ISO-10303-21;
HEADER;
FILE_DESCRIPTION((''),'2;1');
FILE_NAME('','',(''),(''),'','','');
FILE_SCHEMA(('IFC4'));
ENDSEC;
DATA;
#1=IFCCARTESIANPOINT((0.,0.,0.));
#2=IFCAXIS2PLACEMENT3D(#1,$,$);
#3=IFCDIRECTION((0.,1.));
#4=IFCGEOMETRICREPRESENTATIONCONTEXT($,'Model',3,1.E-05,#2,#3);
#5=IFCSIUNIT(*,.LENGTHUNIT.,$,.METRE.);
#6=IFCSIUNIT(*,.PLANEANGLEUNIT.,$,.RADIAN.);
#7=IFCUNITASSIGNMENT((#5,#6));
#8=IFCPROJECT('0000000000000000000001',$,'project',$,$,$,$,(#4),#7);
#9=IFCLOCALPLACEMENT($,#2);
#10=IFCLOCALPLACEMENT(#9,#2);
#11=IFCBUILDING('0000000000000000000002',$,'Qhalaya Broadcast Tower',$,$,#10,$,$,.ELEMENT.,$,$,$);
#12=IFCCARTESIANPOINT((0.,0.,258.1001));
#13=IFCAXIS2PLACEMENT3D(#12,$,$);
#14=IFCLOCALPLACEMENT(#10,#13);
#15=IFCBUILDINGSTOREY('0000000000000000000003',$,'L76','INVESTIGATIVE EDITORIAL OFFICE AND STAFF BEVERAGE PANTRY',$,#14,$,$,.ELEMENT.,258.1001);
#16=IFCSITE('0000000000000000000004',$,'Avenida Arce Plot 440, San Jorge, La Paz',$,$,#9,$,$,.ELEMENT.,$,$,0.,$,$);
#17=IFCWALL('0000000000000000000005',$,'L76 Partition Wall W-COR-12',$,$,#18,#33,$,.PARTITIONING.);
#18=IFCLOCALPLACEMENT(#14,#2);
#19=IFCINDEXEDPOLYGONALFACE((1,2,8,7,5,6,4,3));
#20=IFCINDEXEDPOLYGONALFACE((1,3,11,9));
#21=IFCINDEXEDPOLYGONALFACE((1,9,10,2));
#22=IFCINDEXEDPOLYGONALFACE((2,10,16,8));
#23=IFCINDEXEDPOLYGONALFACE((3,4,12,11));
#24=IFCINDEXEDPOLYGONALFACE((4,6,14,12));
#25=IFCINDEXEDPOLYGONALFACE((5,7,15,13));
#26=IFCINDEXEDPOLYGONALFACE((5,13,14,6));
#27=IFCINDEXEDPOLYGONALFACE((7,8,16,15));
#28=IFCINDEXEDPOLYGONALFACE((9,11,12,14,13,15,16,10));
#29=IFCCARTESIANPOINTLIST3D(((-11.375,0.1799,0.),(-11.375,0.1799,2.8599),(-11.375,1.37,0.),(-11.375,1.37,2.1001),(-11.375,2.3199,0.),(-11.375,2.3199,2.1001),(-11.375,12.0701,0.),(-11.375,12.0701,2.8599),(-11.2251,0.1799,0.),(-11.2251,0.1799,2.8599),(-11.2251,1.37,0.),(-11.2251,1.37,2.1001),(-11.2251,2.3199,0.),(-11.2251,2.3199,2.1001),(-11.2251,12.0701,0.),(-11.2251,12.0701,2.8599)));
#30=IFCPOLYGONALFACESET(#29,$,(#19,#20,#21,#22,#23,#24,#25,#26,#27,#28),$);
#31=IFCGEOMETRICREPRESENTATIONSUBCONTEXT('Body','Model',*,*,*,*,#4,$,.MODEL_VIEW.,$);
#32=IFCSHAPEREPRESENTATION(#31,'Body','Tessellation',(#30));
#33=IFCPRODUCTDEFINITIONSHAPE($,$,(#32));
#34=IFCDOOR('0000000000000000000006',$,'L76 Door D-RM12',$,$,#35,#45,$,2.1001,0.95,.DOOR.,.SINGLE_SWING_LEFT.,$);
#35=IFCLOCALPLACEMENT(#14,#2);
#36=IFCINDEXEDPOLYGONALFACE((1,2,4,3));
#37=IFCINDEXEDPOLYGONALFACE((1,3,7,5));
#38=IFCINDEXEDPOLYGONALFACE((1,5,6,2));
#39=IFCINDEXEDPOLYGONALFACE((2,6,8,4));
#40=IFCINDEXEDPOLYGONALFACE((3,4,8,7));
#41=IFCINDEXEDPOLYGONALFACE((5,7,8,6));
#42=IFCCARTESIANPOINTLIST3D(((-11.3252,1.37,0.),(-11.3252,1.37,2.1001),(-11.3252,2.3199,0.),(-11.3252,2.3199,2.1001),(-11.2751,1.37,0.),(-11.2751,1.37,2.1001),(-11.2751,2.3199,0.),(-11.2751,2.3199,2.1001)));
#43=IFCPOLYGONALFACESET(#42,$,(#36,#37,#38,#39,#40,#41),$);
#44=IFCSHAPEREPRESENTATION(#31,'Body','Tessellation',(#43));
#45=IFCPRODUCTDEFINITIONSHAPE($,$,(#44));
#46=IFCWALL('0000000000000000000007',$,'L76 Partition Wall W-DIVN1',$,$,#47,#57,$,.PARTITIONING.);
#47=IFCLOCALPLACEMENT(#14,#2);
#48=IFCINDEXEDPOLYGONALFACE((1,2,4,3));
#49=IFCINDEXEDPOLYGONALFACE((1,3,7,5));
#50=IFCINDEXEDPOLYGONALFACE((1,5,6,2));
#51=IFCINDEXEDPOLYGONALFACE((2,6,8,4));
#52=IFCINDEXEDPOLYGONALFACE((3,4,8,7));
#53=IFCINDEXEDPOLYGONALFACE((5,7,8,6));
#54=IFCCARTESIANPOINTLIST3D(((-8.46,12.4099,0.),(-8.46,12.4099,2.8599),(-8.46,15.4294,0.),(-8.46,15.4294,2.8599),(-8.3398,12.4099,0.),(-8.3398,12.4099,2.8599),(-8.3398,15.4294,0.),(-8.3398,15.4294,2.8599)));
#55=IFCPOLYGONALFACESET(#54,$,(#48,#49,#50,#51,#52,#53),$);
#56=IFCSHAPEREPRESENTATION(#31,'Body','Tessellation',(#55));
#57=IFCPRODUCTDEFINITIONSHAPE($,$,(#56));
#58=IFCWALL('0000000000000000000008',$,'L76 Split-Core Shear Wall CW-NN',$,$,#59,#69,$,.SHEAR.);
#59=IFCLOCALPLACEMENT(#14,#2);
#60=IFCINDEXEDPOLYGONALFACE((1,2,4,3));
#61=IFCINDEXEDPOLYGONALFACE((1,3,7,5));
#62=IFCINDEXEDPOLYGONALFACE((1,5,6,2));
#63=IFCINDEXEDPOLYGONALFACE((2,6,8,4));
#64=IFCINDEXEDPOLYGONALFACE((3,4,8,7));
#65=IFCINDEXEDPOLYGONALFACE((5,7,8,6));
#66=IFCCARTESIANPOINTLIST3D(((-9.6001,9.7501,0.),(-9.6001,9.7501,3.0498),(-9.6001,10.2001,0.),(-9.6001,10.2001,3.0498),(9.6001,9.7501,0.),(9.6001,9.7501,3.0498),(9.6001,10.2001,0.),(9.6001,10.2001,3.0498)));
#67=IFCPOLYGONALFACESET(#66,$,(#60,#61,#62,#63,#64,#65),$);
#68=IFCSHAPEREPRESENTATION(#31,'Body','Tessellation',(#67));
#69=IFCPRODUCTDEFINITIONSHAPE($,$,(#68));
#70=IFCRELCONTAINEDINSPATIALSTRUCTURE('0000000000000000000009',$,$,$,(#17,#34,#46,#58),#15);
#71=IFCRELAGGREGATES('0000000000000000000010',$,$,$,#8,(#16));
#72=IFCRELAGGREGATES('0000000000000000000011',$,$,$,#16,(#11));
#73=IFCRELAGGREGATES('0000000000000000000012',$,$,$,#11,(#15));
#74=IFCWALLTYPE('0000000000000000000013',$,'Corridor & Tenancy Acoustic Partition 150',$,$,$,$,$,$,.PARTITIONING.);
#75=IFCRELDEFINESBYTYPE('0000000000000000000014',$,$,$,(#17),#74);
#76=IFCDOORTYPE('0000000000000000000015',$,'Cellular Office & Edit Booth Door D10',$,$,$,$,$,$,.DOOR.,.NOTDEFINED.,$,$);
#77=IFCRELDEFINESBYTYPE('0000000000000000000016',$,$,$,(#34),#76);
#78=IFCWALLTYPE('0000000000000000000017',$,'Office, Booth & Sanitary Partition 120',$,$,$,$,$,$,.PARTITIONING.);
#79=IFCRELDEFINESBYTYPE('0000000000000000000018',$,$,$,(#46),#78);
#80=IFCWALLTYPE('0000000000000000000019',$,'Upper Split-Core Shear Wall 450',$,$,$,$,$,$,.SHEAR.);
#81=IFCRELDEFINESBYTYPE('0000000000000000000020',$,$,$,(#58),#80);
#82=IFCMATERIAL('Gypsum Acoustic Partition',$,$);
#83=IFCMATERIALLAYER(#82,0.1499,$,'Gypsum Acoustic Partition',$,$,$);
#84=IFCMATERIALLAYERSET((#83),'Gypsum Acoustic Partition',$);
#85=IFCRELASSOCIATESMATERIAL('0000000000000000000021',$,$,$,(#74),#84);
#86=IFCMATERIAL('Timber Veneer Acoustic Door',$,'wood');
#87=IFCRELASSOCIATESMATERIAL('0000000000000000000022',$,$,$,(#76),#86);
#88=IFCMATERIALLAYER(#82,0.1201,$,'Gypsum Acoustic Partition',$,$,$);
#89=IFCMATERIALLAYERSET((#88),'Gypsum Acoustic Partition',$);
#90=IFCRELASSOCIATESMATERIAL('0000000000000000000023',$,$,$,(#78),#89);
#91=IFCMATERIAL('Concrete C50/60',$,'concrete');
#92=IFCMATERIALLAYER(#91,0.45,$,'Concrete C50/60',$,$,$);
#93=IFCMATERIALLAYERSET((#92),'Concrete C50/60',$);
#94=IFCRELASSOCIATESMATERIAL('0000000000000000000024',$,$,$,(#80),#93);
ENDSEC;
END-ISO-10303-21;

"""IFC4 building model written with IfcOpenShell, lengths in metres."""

from ifc_helpers import new_model, si_unit, direction, frame, frame_2d, origin, place, context, subcontext, project, spatial, rectangle, extrude, material, layer, layer_set, type_object, element, fill, save


model = new_model("IFC4")

# Units and contexts
model_context = context("Model", 3, precision=1e-05, world=origin(), true_north=direction((0.0, 1.0)))
body_context = subcontext(model_context, "Body", "Model", "MODEL_VIEW")
ifc_project = project(units=[si_unit("LENGTHUNIT", "METRE"), si_unit("PLANEANGLEUNIT", "RADIAN")], contexts=[model_context])

# Site, building, storey
site_placement = place(None, origin())
site = spatial("IfcSite", under=ifc_project, at=site_placement, Name="Avenida Arce Plot 440, San Jorge, La Paz", CompositionType="ELEMENT", RefElevation=0.0)
building_placement = place(site_placement, origin())
building = spatial("IfcBuilding", under=site, at=building_placement, Name="Qhalaya Broadcast Tower", CompositionType="ELEMENT")
storey_placement = place(building_placement, frame((0.0, 0.0, 258.1001)))
storey = spatial("IfcBuildingStorey", under=building, at=storey_placement, Name="L76", Description="INVESTIGATIVE EDITORIAL OFFICE AND STAFF BEVERAGE PANTRY", CompositionType="ELEMENT", Elevation=258.1001)

# Shared definitions
ifc_material_1 = material(Name="Concrete C50/60", Category="concrete")

# Wall, opening, door
ifc_material_2 = material(Name="Gypsum Acoustic Partition")
ifc_layer_1 = layer(ifc_material_2, 0.1499, Name="Gypsum Acoustic Partition")
ifc_layer_set_1 = layer_set([ifc_layer_1], Name="Gypsum Acoustic Partition")
wall_type_1 = type_object("IfcWallType", Name="Corridor & Tenancy Acoustic Partition 150", PredefinedType="PARTITIONING", material=ifc_layer_set_1)
ifc_material_3 = material(Name="Timber Veneer Acoustic Door", Category="wood")
door_type = type_object("IfcDoorType", Name="Cellular Office & Edit Booth Door D10", OperationType="NOTDEFINED", PredefinedType="DOOR", material=ifc_material_3)
wall_1_placement = place(storey_placement, frame((-11.3, 12.0701, 0.0), z_axis=(0.0, 0.0, 1.0), x_axis=(0.0, -1.0, 0.0)))
wall_1 = element("IfcWall", 1, at=wall_1_placement, inside=storey, type_object=wall_type_1, Name="L76 Partition Wall W-COR-12", PredefinedType="PARTITIONING", context=body_context, shape_type="SweptSolid", body=[
    extrude(rectangle(XDim=11.8901, YDim=0.1499, at=frame_2d((5.9451, 0.0))), origin(), (0.0, 0.0, 1.0), 2.8599),
])
opening_1_placement = place(wall_1_placement, frame((9.75, 0.0, 0.0)))
opening_1 = element("IfcOpeningElement", 2, at=opening_1_placement, cuts=wall_1, PredefinedType="OPENING", context=body_context, shape_type="SweptSolid", body=[
    extrude(rectangle(XDim=0.95, YDim=2.1001, at=frame_2d((0.4751, 1.05))), frame((0.0, 0.0869, 0.0), z_axis=(0.0, -1.0, 0.0), x_axis=(1.0, 0.0, 0.0)), (0.0, 0.0, 1.0), 0.1738),
])
door_1_placement = place(opening_1_placement, origin())
door_1 = element("IfcDoor", 3, at=door_1_placement, inside=storey, type_object=door_type, Name="L76 Door D-RM12", OperationType="SINGLE_SWING_LEFT", OverallHeight=2.1001, OverallWidth=0.95, PredefinedType="DOOR", context=body_context, shape_type="SweptSolid", body=[
    extrude(rectangle(XDim=0.95, YDim=2.1001, at=frame_2d((0.4751, 1.05))), frame((0.0, 0.0249, 0.0), z_axis=(0.0, -1.0, 0.0), x_axis=(1.0, 0.0, 0.0)), (0.0, 0.0, 1.0), 0.05),
])
fill(opening_1, door_1)

# Walls
ifc_layer_2 = layer(ifc_material_2, 0.1201, Name="Gypsum Acoustic Partition")
ifc_layer_set_2 = layer_set([ifc_layer_2], Name="Gypsum Acoustic Partition")
wall_type_2 = type_object("IfcWallType", Name="Office, Booth & Sanitary Partition 120", PredefinedType="PARTITIONING", material=ifc_layer_set_2)
wall_2_placement = place(storey_placement, frame((-8.3999, 12.4099, 0.0), z_axis=(0.0, 0.0, 1.0), x_axis=(0.0, 1.0, 0.0)))
element("IfcWall", 4, at=wall_2_placement, inside=storey, type_object=wall_type_2, Name="L76 Partition Wall W-DIVN1", PredefinedType="PARTITIONING", context=body_context, shape_type="SweptSolid", body=[
    extrude(rectangle(XDim=3.0195, YDim=0.1201, at=frame_2d((1.5098, 0.0))), origin(), (0.0, 0.0, 1.0), 2.8599),
])
ifc_layer_3 = layer(ifc_material_1, 0.45, Name="Concrete C50/60")
ifc_layer_set_3 = layer_set([ifc_layer_3], Name="Concrete C50/60")
wall_type_3 = type_object("IfcWallType", Name="Upper Split-Core Shear Wall 450", PredefinedType="SHEAR", material=ifc_layer_set_3)
wall_3_placement = place(storey_placement, frame((-9.6001, 9.9751, 0.0), z_axis=(0.0, 0.0, 1.0), x_axis=(1.0, 0.0, 0.0)))
element("IfcWall", 5, at=wall_3_placement, inside=storey, type_object=wall_type_3, Name="L76 Split-Core Shear Wall CW-NN", PredefinedType="SHEAR", context=body_context, shape_type="SweptSolid", body=[
    extrude(rectangle(XDim=19.2002, YDim=0.45, at=frame_2d((9.6001, 0.0))), origin(), (0.0, 0.0, 1.0), 3.0498),
])

save(model, "model.ifc")
